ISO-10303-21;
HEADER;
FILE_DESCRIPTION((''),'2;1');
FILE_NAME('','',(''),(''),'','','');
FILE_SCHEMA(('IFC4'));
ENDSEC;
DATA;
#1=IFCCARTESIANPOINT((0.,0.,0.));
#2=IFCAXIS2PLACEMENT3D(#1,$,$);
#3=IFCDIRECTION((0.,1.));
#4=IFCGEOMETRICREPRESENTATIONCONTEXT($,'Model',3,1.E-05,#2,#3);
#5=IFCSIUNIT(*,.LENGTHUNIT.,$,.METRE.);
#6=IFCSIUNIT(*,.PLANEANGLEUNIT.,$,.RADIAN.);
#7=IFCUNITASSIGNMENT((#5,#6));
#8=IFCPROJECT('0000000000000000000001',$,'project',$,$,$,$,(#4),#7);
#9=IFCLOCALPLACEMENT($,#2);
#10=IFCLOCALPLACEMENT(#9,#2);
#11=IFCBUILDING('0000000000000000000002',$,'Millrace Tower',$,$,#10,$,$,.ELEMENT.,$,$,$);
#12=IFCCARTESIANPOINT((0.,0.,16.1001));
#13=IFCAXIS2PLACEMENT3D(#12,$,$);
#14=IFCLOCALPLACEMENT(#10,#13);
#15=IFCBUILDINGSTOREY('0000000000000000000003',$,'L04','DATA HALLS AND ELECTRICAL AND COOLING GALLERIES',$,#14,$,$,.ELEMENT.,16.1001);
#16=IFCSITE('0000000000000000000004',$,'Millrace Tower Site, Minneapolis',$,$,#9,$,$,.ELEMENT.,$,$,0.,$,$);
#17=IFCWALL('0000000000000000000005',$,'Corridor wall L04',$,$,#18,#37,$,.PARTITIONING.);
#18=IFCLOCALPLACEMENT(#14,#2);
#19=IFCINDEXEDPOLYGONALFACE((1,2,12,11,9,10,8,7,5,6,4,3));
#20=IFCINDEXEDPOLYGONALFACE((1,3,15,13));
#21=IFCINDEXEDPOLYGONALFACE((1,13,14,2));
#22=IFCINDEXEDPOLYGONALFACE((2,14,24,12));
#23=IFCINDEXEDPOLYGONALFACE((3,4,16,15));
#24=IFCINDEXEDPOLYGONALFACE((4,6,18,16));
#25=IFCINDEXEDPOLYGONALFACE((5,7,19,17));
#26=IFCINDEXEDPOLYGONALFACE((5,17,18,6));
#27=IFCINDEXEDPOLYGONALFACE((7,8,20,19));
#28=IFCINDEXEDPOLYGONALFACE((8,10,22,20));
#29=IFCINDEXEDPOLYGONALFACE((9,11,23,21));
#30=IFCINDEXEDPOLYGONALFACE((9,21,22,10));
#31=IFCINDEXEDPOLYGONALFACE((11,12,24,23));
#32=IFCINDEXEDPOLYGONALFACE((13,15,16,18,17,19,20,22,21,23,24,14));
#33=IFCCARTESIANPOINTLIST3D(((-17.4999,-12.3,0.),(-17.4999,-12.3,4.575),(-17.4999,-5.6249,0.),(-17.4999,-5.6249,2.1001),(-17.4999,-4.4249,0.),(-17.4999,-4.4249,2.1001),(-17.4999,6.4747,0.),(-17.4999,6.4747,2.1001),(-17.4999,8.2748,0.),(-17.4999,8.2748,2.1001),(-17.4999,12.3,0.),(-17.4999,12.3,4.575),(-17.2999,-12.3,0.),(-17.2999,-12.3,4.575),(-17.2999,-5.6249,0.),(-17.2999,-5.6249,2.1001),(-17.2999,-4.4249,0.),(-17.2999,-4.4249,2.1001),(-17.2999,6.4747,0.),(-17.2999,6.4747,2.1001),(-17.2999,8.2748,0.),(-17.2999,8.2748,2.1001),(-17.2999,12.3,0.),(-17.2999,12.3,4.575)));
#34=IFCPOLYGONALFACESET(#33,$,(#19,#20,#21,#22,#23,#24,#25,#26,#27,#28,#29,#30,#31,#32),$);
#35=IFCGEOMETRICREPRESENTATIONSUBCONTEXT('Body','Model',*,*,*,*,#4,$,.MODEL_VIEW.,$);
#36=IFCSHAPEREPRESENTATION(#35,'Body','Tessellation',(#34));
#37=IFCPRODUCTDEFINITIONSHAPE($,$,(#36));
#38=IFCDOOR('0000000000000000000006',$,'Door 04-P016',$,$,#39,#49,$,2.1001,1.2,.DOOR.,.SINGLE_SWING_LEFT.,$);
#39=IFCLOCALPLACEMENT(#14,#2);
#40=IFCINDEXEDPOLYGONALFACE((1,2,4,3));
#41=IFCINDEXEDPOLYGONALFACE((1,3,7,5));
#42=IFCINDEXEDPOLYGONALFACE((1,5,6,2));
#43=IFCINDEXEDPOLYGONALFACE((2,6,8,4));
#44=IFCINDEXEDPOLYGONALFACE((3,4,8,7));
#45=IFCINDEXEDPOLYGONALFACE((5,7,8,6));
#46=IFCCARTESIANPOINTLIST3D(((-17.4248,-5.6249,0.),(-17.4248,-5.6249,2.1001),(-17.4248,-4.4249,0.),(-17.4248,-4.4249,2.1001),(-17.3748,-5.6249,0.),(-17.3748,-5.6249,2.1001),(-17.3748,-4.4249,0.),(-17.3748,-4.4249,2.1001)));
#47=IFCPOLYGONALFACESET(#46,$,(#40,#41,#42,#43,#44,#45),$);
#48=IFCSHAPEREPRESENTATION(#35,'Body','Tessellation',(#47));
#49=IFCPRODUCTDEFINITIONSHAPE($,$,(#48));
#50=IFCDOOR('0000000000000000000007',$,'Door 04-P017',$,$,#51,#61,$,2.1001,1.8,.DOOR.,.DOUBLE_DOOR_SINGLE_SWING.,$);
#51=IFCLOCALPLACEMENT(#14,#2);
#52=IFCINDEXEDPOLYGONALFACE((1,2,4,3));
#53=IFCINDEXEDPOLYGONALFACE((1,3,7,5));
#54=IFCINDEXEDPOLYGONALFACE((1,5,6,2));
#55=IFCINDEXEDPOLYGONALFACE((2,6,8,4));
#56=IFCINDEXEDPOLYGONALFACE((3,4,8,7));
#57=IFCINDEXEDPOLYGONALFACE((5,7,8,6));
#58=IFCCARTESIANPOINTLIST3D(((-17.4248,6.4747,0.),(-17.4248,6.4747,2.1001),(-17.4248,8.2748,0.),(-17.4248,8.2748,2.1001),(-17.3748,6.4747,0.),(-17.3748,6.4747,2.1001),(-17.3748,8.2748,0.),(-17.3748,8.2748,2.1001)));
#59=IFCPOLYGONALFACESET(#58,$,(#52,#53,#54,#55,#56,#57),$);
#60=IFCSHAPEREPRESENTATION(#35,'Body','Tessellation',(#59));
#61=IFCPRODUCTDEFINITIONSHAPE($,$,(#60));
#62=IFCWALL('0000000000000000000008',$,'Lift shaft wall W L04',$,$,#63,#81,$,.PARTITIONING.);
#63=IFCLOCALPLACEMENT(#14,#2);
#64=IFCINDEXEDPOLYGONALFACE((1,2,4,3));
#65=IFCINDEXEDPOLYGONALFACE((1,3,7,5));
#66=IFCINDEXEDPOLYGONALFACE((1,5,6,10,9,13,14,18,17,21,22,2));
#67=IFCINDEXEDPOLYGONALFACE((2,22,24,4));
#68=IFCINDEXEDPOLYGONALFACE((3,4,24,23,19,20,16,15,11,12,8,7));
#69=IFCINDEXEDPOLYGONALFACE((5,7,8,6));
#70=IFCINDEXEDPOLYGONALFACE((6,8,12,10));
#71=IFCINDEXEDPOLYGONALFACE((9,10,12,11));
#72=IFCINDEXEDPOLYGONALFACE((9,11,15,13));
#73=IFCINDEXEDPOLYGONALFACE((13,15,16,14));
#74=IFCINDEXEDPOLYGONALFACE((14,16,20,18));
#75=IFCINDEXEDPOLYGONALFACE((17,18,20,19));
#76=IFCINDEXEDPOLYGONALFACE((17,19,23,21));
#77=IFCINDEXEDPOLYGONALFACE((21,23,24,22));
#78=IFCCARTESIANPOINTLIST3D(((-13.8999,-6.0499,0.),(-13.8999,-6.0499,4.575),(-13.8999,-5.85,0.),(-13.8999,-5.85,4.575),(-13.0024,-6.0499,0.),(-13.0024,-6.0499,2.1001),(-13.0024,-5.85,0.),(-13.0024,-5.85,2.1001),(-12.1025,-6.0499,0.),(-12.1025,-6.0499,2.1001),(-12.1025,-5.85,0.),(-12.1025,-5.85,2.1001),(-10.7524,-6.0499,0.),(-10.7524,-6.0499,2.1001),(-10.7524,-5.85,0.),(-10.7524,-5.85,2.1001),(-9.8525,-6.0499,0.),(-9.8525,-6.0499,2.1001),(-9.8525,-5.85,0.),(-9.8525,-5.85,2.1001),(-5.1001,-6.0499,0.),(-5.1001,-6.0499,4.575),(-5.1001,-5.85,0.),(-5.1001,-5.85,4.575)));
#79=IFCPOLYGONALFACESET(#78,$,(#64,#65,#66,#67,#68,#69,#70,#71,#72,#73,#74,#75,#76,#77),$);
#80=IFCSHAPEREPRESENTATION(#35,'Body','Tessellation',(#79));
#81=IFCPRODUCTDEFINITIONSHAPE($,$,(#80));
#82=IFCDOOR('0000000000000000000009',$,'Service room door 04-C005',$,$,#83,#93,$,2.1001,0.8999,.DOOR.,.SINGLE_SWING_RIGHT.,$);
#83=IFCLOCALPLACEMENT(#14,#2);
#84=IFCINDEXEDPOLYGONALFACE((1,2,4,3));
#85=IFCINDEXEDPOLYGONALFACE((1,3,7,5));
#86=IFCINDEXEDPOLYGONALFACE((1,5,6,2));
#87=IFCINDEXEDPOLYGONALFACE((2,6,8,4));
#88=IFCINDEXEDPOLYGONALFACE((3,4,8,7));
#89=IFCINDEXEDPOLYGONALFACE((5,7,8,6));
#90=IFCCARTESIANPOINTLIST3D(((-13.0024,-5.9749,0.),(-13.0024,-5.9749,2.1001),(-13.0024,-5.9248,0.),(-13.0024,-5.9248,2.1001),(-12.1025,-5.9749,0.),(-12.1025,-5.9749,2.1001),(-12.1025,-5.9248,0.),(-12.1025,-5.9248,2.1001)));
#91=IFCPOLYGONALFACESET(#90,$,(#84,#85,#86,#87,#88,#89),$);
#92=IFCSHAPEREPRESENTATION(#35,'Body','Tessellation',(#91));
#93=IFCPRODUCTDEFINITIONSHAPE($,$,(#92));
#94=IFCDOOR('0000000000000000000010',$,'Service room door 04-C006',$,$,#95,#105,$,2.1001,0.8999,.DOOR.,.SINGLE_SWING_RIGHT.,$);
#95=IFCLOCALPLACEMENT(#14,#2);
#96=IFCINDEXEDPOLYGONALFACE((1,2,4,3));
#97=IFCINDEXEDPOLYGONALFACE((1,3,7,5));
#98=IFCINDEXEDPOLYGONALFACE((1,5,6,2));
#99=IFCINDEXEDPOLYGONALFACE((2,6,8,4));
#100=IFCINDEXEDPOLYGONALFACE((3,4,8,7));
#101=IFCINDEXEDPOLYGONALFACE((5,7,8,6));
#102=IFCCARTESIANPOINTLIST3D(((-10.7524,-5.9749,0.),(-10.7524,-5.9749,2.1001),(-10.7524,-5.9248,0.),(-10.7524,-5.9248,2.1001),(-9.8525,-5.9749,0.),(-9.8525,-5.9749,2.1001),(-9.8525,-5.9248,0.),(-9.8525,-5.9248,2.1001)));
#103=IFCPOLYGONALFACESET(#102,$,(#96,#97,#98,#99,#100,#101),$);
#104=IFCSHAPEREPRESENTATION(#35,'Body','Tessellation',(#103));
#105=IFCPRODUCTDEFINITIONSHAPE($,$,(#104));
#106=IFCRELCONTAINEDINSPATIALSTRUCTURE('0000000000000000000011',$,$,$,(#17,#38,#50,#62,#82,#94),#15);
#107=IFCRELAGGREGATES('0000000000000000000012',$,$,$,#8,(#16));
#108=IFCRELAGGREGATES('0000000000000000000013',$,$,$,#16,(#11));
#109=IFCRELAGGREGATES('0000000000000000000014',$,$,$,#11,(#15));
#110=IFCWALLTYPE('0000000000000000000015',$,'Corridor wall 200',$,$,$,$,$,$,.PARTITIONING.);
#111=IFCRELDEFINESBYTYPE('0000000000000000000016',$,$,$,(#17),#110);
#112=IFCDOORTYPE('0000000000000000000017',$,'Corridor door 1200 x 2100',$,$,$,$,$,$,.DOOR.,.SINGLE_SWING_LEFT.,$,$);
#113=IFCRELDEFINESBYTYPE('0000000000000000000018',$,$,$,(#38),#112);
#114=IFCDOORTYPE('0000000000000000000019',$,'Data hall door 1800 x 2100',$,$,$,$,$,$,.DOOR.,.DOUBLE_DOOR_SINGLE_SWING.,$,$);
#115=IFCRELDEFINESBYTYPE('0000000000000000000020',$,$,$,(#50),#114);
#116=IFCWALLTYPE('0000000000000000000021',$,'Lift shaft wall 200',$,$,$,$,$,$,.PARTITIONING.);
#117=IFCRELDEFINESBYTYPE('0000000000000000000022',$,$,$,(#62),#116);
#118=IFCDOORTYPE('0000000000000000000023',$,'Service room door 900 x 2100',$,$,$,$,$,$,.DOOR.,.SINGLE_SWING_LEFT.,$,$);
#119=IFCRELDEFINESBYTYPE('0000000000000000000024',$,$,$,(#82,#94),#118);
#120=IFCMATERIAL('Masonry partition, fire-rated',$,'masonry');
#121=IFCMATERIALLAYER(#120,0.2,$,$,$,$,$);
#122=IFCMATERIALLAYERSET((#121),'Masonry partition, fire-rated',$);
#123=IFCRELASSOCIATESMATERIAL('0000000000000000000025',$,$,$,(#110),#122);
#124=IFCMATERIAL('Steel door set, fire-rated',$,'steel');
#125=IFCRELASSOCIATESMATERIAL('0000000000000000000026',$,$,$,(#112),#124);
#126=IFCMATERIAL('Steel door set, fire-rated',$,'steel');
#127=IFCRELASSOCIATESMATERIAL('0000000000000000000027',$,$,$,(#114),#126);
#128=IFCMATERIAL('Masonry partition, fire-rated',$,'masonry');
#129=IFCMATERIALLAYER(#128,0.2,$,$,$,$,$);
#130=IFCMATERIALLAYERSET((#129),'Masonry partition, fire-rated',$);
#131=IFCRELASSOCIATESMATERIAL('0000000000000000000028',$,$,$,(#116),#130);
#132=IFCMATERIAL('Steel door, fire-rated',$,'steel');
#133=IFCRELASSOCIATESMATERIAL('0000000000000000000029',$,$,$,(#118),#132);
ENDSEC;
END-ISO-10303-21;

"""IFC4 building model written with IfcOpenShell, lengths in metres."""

from ifc_helpers import new_model, si_unit, direction, frame, frame_2d, origin, place, context, subcontext, project, spatial, rectangle, extrude, material, layer, layer_set, type_object, element, fill, save


model = new_model("IFC4")

# Units and contexts
model_context = context("Model", 3, precision=1e-05, world=origin(), true_north=direction((0.0, 1.0)))
body_context = subcontext(model_context, "Body", "Model", "MODEL_VIEW")
ifc_project = project(units=[si_unit("LENGTHUNIT", "METRE"), si_unit("PLANEANGLEUNIT", "RADIAN")], contexts=[model_context])

# Site, building, storey
site_placement = place(None, origin())
site = spatial("IfcSite", under=ifc_project, at=site_placement, Name="Millrace Tower Site, Minneapolis", CompositionType="ELEMENT", RefElevation=0.0)
building_placement = place(site_placement, origin())
building = spatial("IfcBuilding", under=site, at=building_placement, Name="Millrace Tower", CompositionType="ELEMENT")
storey_placement = place(building_placement, frame((0.0, 0.0, 16.1001)))
storey = spatial("IfcBuildingStorey", under=building, at=storey_placement, Name="L04", Description="DATA HALLS AND ELECTRICAL AND COOLING GALLERIES", CompositionType="ELEMENT", Elevation=16.1001)

# Walls, openings, doors
ifc_material_1 = material(Name="Masonry partition, fire-rated", Category="masonry")
ifc_layer_1 = layer(ifc_material_1, 0.2)
ifc_layer_set_1 = layer_set([ifc_layer_1], Name="Masonry partition, fire-rated")
wall_type_1 = type_object("IfcWallType", Name="Corridor wall 200", PredefinedType="PARTITIONING", material=ifc_layer_set_1)
wall_1_placement = place(storey_placement, frame((-17.3999, -12.3, 0.0), z_axis=(0.0, 0.0, 1.0), x_axis=(0.0, 1.0, 0.0)))
wall_1 = element("IfcWall", 1, at=wall_1_placement, inside=storey, type_object=wall_type_1, Name="Corridor wall L04", PredefinedType="PARTITIONING", context=body_context, shape_type="SweptSolid", body=[
    extrude(rectangle(XDim=24.6001, YDim=0.2, at=frame_2d((12.3, 0.0))), origin(), (0.0, 0.0, 1.0), 4.575),
])
opening_1_placement = place(wall_1_placement, frame((6.675, 0.0, 0.0)))
opening_1 = element("IfcOpeningElement", 2, at=opening_1_placement, cuts=wall_1, PredefinedType="OPENING", context=body_context, shape_type="SweptSolid", body=[
    extrude(rectangle(XDim=1.2, YDim=2.1001, at=frame_2d((0.6001, 1.05))), frame((0.0, 0.1099, 0.0), z_axis=(0.0, -1.0, 0.0), x_axis=(1.0, 0.0, 0.0)), (0.0, 0.0, 1.0), 0.22),
])
opening_2_placement = place(wall_1_placement, frame((18.7749, 0.0, 0.0)))
opening_2 = element("IfcOpeningElement", 3, at=opening_2_placement, cuts=wall_1, PredefinedType="OPENING", context=body_context, shape_type="SweptSolid", body=[
    extrude(rectangle(XDim=1.8, YDim=2.1001, at=frame_2d((0.8999, 1.05))), frame((0.0, 0.1099, 0.0), z_axis=(0.0, -1.0, 0.0), x_axis=(1.0, 0.0, 0.0)), (0.0, 0.0, 1.0), 0.22),
])
ifc_material_2 = material(Name="Steel door set, fire-rated", Category="steel")
door_type_1 = type_object("IfcDoorType", Name="Corridor door 1200 x 2100", OperationType="SINGLE_SWING_LEFT", PredefinedType="DOOR", material=ifc_material_2)
door_1_placement = place(opening_1_placement, origin())
door_1 = element("IfcDoor", 4, at=door_1_placement, inside=storey, type_object=door_type_1, Name="Door 04-P016", OperationType="SINGLE_SWING_LEFT", OverallHeight=2.1001, OverallWidth=1.2, PredefinedType="DOOR", context=body_context, shape_type="SweptSolid", body=[
    extrude(rectangle(XDim=1.2, YDim=2.1001, at=frame_2d((0.6001, 1.05))), frame((0.0, 0.0249, 0.0), z_axis=(0.0, -1.0, 0.0), x_axis=(1.0, 0.0, 0.0)), (0.0, 0.0, 1.0), 0.05),
])
fill(opening_1, door_1)
ifc_material_3 = material(Name="Steel door set, fire-rated", Category="steel")
door_type_2 = type_object("IfcDoorType", Name="Data hall door 1800 x 2100", OperationType="DOUBLE_DOOR_SINGLE_SWING", PredefinedType="DOOR", material=ifc_material_3)
door_2_placement = place(opening_2_placement, origin())
door_2 = element("IfcDoor", 5, at=door_2_placement, inside=storey, type_object=door_type_2, Name="Door 04-P017", OperationType="DOUBLE_DOOR_SINGLE_SWING", OverallHeight=2.1001, OverallWidth=1.8, PredefinedType="DOOR", context=body_context, shape_type="SweptSolid", body=[
    extrude(rectangle(XDim=1.8, YDim=2.1001, at=frame_2d((0.8999, 1.05))), frame((0.0, 0.0249, 0.0), z_axis=(0.0, -1.0, 0.0), x_axis=(1.0, 0.0, 0.0)), (0.0, 0.0, 1.0), 0.05),
])
fill(opening_2, door_2)
ifc_material_4 = material(Name="Masonry partition, fire-rated", Category="masonry")
ifc_layer_2 = layer(ifc_material_4, 0.2)
ifc_layer_set_2 = layer_set([ifc_layer_2], Name="Masonry partition, fire-rated")
wall_type_2 = type_object("IfcWallType", Name="Lift shaft wall 200", PredefinedType="PARTITIONING", material=ifc_layer_set_2)
wall_2_placement = place(storey_placement, frame((-13.8999, -5.95, 0.0), z_axis=(0.0, 0.0, 1.0), x_axis=(1.0, 0.0, 0.0)))
wall_2 = element("IfcWall", 6, at=wall_2_placement, inside=storey, type_object=wall_type_2, Name="Lift shaft wall W L04", PredefinedType="PARTITIONING", context=body_context, shape_type="SweptSolid", body=[
    extrude(rectangle(XDim=8.7998, YDim=0.2, at=frame_2d((4.3999, 0.0))), origin(), (0.0, 0.0, 1.0), 4.575),
])
opening_3_placement = place(wall_2_placement, frame((0.8975, 0.0, 0.0)))
opening_3 = element("IfcOpeningElement", 7, at=opening_3_placement, cuts=wall_2, PredefinedType="OPENING", context=body_context, shape_type="SweptSolid", body=[
    extrude(rectangle(XDim=0.8999, YDim=2.1001, at=frame_2d((0.45, 1.05))), frame((0.0, 0.1099, 0.0), z_axis=(0.0, -1.0, 0.0), x_axis=(1.0, 0.0, 0.0)), (0.0, 0.0, 1.0), 0.22),
])
opening_4_placement = place(wall_2_placement, frame((3.1475, 0.0, 0.0)))
opening_4 = element("IfcOpeningElement", 8, at=opening_4_placement, cuts=wall_2, PredefinedType="OPENING", context=body_context, shape_type="SweptSolid", body=[
    extrude(rectangle(XDim=0.8999, YDim=2.1001, at=frame_2d((0.45, 1.05))), frame((0.0, 0.1099, 0.0), z_axis=(0.0, -1.0, 0.0), x_axis=(1.0, 0.0, 0.0)), (0.0, 0.0, 1.0), 0.22),
])
ifc_material_5 = material(Name="Steel door, fire-rated", Category="steel")
door_type_3 = type_object("IfcDoorType", Name="Service room door 900 x 2100", OperationType="SINGLE_SWING_LEFT", PredefinedType="DOOR", material=ifc_material_5)
door_3_placement = place(opening_3_placement, frame((0.8999, 0.0, 0.0), z_axis=(0.0, 0.0, 1.0), x_axis=(-1.0, 0.0, 0.0)))
door_3 = element("IfcDoor", 9, at=door_3_placement, inside=storey, type_object=door_type_3, Name="Service room door 04-C005", OperationType="SINGLE_SWING_RIGHT", OverallHeight=2.1001, OverallWidth=0.8999, PredefinedType="DOOR", context=body_context, shape_type="SweptSolid", body=[
    extrude(rectangle(XDim=0.8999, YDim=2.1001, at=frame_2d((0.45, 1.05))), frame((0.0, 0.0249, 0.0), z_axis=(0.0, -1.0, 0.0), x_axis=(1.0, 0.0, 0.0)), (0.0, 0.0, 1.0), 0.05),
])
fill(opening_3, door_3)
door_4_placement = place(opening_4_placement, frame((0.8999, 0.0, 0.0), z_axis=(0.0, 0.0, 1.0), x_axis=(-1.0, 0.0, 0.0)))
door_4 = element("IfcDoor", 10, at=door_4_placement, inside=storey, type_object=door_type_3, Name="Service room door 04-C006", OperationType="SINGLE_SWING_RIGHT", OverallHeight=2.1001, OverallWidth=0.8999, PredefinedType="DOOR", context=body_context, shape_type="SweptSolid", body=[
    extrude(rectangle(XDim=0.8999, YDim=2.1001, at=frame_2d((0.45, 1.05))), frame((0.0, 0.0249, 0.0), z_axis=(0.0, -1.0, 0.0), x_axis=(1.0, 0.0, 0.0)), (0.0, 0.0, 1.0), 0.05),
])
fill(opening_4, door_4)

save(model, "model.ifc")
